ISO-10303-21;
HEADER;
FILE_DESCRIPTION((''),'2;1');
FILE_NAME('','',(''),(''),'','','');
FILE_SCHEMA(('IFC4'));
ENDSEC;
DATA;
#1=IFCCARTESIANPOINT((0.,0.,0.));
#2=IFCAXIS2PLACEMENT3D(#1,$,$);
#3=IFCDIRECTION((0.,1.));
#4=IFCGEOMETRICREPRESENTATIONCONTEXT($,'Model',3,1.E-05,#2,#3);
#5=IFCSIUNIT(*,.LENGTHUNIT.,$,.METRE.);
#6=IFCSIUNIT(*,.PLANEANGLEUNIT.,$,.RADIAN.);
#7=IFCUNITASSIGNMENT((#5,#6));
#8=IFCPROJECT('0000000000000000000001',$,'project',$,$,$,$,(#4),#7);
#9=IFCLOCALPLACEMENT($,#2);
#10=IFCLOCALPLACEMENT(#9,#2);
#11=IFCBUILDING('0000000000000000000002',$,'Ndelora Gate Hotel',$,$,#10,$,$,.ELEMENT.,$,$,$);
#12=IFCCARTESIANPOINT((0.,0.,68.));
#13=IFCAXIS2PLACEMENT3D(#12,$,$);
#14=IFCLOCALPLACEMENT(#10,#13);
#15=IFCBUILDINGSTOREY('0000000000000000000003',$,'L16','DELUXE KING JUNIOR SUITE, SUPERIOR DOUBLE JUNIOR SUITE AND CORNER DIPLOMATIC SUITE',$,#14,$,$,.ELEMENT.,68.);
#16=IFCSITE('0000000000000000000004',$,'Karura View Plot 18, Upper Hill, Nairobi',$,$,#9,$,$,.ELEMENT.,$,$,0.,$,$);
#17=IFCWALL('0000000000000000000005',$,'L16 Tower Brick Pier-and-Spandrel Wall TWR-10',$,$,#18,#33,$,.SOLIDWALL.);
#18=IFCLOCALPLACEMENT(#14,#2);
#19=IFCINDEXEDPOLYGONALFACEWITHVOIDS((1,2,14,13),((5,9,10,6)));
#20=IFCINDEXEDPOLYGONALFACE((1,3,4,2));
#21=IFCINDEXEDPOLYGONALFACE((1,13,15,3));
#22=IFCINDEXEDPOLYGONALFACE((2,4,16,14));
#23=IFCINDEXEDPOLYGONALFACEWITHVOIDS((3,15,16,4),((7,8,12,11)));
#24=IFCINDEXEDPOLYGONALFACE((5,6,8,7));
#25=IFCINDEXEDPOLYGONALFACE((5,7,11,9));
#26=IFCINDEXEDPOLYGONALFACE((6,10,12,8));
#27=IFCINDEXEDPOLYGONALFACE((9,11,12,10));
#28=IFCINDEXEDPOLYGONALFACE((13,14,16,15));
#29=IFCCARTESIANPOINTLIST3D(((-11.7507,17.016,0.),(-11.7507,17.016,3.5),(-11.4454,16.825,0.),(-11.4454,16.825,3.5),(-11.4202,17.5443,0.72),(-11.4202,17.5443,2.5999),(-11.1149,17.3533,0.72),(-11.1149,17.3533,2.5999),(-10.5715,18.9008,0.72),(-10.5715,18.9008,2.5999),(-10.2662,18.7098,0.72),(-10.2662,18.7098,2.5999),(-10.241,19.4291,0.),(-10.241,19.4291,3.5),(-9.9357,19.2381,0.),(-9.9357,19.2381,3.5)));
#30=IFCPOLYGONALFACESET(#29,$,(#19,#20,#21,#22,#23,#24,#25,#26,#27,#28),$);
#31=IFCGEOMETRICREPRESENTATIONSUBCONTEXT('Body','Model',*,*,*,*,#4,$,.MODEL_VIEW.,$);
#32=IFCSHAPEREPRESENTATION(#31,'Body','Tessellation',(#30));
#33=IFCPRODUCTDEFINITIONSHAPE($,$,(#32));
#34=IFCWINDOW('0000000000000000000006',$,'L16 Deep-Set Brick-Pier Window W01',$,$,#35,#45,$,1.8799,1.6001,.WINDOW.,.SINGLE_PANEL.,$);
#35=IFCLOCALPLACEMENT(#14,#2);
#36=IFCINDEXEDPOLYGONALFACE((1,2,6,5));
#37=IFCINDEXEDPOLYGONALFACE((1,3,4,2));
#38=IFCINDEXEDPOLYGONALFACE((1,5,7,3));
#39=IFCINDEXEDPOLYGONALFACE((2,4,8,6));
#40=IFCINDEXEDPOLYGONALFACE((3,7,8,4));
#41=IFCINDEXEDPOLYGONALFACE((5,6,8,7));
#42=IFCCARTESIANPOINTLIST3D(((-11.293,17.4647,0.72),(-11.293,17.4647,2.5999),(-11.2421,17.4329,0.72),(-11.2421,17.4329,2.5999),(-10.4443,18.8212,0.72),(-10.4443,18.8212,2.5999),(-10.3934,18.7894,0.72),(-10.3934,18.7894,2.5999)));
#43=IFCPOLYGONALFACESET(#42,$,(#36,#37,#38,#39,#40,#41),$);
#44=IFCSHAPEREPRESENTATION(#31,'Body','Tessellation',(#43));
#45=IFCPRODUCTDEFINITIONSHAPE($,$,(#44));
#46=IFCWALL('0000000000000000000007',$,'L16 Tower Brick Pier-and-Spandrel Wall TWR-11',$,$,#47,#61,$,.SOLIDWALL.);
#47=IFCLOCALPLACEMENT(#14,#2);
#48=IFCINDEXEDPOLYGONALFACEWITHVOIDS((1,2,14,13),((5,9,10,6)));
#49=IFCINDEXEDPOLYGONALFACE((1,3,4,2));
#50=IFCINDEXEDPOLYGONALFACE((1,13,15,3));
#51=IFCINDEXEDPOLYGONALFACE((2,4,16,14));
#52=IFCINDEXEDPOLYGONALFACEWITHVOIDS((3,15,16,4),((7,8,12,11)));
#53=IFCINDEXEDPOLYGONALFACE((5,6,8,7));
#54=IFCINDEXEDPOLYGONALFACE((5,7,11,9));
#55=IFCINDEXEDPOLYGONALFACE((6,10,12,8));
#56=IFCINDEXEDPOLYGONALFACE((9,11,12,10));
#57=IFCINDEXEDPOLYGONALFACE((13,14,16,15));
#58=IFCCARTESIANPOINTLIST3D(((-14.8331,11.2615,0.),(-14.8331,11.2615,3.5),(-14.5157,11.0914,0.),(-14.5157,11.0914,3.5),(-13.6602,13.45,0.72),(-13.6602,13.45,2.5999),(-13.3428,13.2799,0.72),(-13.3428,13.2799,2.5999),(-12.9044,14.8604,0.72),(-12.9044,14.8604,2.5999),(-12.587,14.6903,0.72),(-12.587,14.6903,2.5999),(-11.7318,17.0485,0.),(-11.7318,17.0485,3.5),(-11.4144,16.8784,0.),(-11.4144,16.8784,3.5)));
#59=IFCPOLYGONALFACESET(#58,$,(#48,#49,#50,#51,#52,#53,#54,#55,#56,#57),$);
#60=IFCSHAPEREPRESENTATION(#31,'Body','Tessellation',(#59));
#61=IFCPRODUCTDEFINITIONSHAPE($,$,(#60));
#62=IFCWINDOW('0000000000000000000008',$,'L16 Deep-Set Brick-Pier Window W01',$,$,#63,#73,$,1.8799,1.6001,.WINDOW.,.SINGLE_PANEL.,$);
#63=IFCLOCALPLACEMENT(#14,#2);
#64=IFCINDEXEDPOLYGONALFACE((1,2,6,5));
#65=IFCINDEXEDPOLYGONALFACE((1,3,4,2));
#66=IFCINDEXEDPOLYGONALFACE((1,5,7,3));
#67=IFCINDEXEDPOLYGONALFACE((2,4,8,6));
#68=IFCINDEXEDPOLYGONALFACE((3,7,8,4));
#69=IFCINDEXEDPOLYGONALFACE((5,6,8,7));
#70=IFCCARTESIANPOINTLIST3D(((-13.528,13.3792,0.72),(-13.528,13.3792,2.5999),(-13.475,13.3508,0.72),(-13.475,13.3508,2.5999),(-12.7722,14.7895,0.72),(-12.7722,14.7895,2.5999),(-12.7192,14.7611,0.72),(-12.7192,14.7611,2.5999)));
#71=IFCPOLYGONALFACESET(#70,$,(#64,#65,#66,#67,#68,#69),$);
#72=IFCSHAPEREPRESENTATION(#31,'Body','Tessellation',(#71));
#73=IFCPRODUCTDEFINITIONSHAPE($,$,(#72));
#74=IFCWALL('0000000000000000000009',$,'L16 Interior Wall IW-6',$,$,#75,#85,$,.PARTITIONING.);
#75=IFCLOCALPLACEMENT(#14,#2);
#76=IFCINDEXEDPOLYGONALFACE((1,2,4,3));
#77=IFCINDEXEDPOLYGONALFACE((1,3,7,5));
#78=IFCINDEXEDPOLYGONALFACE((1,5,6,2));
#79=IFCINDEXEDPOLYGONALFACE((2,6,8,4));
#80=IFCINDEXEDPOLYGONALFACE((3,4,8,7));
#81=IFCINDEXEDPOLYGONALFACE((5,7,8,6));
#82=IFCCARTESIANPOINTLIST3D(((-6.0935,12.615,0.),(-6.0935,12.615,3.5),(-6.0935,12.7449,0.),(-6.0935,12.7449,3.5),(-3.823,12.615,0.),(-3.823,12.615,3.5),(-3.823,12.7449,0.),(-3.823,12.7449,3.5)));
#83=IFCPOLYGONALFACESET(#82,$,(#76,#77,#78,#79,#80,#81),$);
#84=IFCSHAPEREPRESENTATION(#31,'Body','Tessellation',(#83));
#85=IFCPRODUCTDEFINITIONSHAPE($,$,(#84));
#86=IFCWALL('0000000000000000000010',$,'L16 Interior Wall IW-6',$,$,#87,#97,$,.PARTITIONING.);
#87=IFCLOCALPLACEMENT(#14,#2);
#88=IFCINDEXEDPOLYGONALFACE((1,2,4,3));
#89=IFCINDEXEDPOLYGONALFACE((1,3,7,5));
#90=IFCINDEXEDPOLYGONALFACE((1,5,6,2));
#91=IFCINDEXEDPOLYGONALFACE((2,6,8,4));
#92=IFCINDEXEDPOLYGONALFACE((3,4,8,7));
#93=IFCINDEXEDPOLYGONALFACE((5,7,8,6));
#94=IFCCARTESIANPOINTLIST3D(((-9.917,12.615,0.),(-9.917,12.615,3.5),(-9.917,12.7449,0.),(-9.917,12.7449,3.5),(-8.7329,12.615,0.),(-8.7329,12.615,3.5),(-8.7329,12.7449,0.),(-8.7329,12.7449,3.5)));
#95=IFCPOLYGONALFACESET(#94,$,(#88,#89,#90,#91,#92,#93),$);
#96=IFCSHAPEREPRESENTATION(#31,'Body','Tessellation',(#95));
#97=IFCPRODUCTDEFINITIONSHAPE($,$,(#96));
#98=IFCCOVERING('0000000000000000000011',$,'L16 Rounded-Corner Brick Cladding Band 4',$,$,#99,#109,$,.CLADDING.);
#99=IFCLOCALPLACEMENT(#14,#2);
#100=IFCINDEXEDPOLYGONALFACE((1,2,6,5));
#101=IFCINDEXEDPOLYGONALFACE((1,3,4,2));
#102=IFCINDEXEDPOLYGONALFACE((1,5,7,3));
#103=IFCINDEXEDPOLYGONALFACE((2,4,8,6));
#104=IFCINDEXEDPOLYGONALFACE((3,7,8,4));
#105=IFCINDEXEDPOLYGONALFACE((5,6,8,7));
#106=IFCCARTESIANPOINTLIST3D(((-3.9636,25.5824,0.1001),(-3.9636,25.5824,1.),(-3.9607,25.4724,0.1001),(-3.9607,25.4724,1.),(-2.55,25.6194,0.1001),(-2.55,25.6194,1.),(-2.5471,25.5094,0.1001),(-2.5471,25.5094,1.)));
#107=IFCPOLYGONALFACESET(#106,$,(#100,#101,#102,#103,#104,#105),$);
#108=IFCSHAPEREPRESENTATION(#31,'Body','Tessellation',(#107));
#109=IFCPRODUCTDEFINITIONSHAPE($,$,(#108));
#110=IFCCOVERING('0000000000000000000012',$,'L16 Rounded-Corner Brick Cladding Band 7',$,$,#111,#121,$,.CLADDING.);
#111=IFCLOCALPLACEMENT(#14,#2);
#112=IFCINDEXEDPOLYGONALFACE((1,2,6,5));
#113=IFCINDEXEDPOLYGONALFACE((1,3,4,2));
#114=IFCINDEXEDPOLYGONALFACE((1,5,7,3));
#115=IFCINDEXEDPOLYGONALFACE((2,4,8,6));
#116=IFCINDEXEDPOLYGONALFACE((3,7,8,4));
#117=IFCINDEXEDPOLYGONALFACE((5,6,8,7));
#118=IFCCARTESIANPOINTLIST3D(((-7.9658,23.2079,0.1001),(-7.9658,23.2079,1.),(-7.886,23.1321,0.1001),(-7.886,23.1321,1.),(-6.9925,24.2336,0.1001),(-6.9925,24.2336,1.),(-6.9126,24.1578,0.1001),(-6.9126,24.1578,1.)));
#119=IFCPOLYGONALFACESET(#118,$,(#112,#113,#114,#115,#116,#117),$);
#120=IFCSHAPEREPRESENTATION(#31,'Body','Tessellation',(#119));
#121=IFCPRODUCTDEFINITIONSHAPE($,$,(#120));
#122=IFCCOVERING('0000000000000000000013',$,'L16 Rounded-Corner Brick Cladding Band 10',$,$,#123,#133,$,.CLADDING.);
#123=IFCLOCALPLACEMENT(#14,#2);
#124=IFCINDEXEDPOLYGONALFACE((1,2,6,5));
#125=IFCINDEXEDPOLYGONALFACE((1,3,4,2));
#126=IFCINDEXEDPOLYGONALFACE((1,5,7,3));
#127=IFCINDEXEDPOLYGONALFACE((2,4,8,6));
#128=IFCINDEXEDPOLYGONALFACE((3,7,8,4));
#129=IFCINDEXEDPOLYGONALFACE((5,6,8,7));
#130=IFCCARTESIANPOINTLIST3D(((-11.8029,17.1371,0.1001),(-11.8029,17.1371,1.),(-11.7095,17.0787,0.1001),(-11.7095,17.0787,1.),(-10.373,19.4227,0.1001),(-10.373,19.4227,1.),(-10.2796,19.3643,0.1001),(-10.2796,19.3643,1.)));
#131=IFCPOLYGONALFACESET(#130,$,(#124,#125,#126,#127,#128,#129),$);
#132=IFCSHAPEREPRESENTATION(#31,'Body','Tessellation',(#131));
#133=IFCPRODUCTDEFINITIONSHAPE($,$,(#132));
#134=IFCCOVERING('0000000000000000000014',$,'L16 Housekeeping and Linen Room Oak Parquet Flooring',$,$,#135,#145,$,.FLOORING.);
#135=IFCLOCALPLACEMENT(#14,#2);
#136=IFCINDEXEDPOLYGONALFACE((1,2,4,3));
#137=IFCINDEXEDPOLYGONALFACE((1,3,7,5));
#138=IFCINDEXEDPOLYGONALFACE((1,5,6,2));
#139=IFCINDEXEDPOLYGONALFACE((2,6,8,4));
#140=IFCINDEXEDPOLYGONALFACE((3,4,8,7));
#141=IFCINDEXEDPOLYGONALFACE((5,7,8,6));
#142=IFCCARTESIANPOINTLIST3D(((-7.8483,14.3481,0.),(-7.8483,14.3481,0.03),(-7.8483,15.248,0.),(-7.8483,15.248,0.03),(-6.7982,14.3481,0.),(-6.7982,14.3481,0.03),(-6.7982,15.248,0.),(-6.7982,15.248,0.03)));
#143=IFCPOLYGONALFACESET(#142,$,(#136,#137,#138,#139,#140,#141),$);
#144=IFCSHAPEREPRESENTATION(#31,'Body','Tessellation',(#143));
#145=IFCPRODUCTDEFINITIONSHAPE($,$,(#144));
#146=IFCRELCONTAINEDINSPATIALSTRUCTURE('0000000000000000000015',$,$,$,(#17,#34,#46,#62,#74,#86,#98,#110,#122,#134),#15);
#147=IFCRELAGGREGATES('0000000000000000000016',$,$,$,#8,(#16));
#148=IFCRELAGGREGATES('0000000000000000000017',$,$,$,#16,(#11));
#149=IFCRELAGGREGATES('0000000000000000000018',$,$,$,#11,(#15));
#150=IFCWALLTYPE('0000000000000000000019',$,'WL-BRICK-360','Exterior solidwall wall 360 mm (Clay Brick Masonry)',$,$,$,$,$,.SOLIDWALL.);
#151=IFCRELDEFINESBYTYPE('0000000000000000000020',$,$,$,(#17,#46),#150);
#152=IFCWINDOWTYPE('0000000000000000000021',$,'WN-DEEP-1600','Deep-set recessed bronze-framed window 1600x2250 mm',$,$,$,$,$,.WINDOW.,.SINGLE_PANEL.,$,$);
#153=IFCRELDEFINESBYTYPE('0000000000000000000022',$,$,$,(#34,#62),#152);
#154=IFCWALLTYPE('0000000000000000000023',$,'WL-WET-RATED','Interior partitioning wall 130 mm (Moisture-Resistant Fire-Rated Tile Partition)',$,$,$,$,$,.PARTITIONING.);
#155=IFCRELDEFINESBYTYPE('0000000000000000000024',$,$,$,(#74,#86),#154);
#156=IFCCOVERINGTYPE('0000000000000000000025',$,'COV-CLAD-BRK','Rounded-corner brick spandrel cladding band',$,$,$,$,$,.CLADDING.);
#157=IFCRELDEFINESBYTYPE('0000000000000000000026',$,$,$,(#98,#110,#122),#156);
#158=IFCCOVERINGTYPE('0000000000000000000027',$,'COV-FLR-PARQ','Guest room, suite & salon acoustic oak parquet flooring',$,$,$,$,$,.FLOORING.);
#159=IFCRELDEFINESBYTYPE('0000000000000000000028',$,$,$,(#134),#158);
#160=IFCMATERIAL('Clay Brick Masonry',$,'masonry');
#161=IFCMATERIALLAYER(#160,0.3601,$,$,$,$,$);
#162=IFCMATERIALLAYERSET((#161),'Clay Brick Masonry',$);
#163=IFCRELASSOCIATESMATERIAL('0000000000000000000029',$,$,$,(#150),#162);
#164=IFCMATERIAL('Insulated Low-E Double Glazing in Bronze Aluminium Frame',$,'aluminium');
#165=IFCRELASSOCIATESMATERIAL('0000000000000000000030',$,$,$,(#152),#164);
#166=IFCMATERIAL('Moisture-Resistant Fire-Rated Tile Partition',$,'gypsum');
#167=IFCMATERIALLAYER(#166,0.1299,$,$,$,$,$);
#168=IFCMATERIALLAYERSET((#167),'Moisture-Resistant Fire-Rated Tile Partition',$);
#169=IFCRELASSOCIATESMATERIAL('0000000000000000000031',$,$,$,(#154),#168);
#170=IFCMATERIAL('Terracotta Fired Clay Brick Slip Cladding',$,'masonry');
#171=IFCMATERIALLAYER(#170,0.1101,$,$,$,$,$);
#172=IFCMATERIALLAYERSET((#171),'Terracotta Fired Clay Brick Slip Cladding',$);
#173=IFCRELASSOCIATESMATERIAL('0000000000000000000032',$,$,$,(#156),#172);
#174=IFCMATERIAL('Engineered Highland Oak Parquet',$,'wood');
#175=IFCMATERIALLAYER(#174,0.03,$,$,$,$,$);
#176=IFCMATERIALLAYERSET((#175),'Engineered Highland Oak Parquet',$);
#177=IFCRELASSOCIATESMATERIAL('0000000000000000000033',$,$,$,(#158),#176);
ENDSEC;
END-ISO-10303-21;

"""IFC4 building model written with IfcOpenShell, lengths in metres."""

from ifc_helpers import new_model, si_unit, direction, frame, frame_2d, origin, origin_2d, place, context, subcontext, project, spatial, rectangle, extrude, material, layer, layer_set, type_object, element, fill, save


model = new_model("IFC4")

# Units and contexts
model_context = context("Model", 3, precision=1e-05, world=origin(), true_north=direction((0.0, 1.0)))
body_context = subcontext(model_context, "Body", "Model", "MODEL_VIEW")
ifc_project = project(units=[si_unit("LENGTHUNIT", "METRE"), si_unit("PLANEANGLEUNIT", "RADIAN")], contexts=[model_context])

# Site, building, storey
site_placement = place(None, origin())
site = spatial("IfcSite", under=ifc_project, at=site_placement, Name="Karura View Plot 18, Upper Hill, Nairobi", CompositionType="ELEMENT", RefElevation=0.0)
building_placement = place(site_placement, origin())
building = spatial("IfcBuilding", under=site, at=building_placement, Name="Ndelora Gate Hotel", CompositionType="ELEMENT")
storey_placement = place(building_placement, frame((0.0, 0.0, 68.0)))
storey = spatial("IfcBuildingStorey", under=building, at=storey_placement, Name="L16", Description="DELUXE KING JUNIOR SUITE, SUPERIOR DOUBLE JUNIOR SUITE AND CORNER DIPLOMATIC SUITE", CompositionType="ELEMENT", Elevation=68.0)

# Shared definitions
ifc_material_1 = material(Name="Clay Brick Masonry", Category="masonry")
ifc_layer_1 = layer(ifc_material_1, 0.3601)
ifc_layer_set_1 = layer_set([ifc_layer_1], Name="Clay Brick Masonry")
wall_type_1 = type_object("IfcWallType", Name="WL-BRICK-360", Description="Exterior solidwall wall 360 mm (Clay Brick Masonry)", PredefinedType="SOLIDWALL", material=ifc_layer_set_1)

# Walls, openings, windows
ifc_material_2 = material(Name="Insulated Low-E Double Glazing in Bronze Aluminium Frame", Category="aluminium")
wall_1_placement = place(storey_placement, frame((-11.5981, 16.9204, 0.0), z_axis=(0.0, 0.0, 1.0), x_axis=(0.5304, 0.847748, 0.0)))
wall_1 = element("IfcWall", 1, at=wall_1_placement, inside=storey, type_object=wall_type_1, Name="L16 Tower Brick Pier-and-Spandrel Wall TWR-10", PredefinedType="SOLIDWALL", context=body_context, shape_type="SweptSolid", body=[
    extrude(rectangle(XDim=2.8464, YDim=0.3601, at=frame_2d((1.4233, 0.0))), origin(), (0.0, 0.0, 1.0), 3.5),
])
opening_1_placement = place(wall_1_placement, frame((0.6233, 0.0, 0.72)))
opening_1 = element("IfcOpeningElement", 2, at=opening_1_placement, cuts=wall_1, PredefinedType="OPENING", context=body_context, shape_type="SweptSolid", body=[
    extrude(rectangle(XDim=1.6001, YDim=1.8799, at=frame_2d((0.8, 0.9399))), frame((0.0, 0.1899, 0.0), z_axis=(0.0, -1.0, 0.0), x_axis=(1.0, 0.0, 0.0)), (0.0, 0.0, 1.0), 0.3801),
])
window_type_1 = type_object("IfcWindowType", Name="WN-DEEP-1600", Description="Deep-set recessed bronze-framed window 1600x2250 mm", PartitioningType="SINGLE_PANEL", PredefinedType="WINDOW", material=ifc_material_2)
window_1_placement = place(opening_1_placement, origin())
window_1 = element("IfcWindow", 3, at=window_1_placement, inside=storey, type_object=window_type_1, Name="L16 Deep-Set Brick-Pier Window W01", OverallHeight=1.8799, OverallWidth=1.6001, PartitioningType="SINGLE_PANEL", PredefinedType="WINDOW", context=body_context, shape_type="SweptSolid", body=[
    extrude(rectangle(XDim=1.6001, YDim=1.8799, at=frame_2d((0.8, 0.9399))), frame((0.0, 0.03, 0.0), z_axis=(0.0, -1.0, 0.0), x_axis=(1.0, 0.0, 0.0)), (0.0, 0.0, 1.0), 0.0601),
])
fill(opening_1, window_1)
wall_2_placement = place(storey_placement, frame((-14.6743, 11.1765, 0.0), z_axis=(0.0, 0.0, 1.0), x_axis=(0.472349, 0.881411, 0.0)))
wall_2 = element("IfcWall", 4, at=wall_2_placement, inside=storey, type_object=wall_type_1, Name="L16 Tower Brick Pier-and-Spandrel Wall TWR-11", PredefinedType="SOLIDWALL", context=body_context, shape_type="SweptSolid", body=[
    extrude(rectangle(XDim=6.5657, YDim=0.3601, at=frame_2d((3.2827, 0.0))), origin(), (0.0, 0.0, 1.0), 3.5),
])
opening_2_placement = place(wall_2_placement, frame((2.4829, 0.0, 0.72)))
opening_2 = element("IfcOpeningElement", 5, at=opening_2_placement, cuts=wall_2, PredefinedType="OPENING", context=body_context, shape_type="SweptSolid", body=[
    extrude(rectangle(XDim=1.6001, YDim=1.8799, at=frame_2d((0.8, 0.9399))), frame((0.0, 0.1899, 0.0), z_axis=(0.0, -1.0, 0.0), x_axis=(1.0, 0.0, 0.0)), (0.0, 0.0, 1.0), 0.3801),
])
window_2_placement = place(opening_2_placement, origin())
window_2 = element("IfcWindow", 6, at=window_2_placement, inside=storey, type_object=window_type_1, Name="L16 Deep-Set Brick-Pier Window W01", OverallHeight=1.8799, OverallWidth=1.6001, PartitioningType="SINGLE_PANEL", PredefinedType="WINDOW", context=body_context, shape_type="SweptSolid", body=[
    extrude(rectangle(XDim=1.6001, YDim=1.8799, at=frame_2d((0.8, 0.9399))), frame((0.0, 0.03, 0.0), z_axis=(0.0, -1.0, 0.0), x_axis=(1.0, 0.0, 0.0)), (0.0, 0.0, 1.0), 0.0601),
])
fill(opening_2, window_2)

# Walls
ifc_material_3 = material(Name="Moisture-Resistant Fire-Rated Tile Partition", Category="gypsum")
ifc_layer_2 = layer(ifc_material_3, 0.1299)
ifc_layer_set_2 = layer_set([ifc_layer_2], Name="Moisture-Resistant Fire-Rated Tile Partition")
wall_type_2 = type_object("IfcWallType", Name="WL-WET-RATED", Description="Interior partitioning wall 130 mm (Moisture-Resistant Fire-Rated Tile Partition)", PredefinedType="PARTITIONING", material=ifc_layer_set_2)
wall_3_placement = place(storey_placement, frame((-6.0935, 12.6799, 0.0), z_axis=(0.0, 0.0, 1.0), x_axis=(1.0, 0.0, 0.0)))
element("IfcWall", 7, at=wall_3_placement, inside=storey, type_object=wall_type_2, Name="L16 Interior Wall IW-6", PredefinedType="PARTITIONING", context=body_context, shape_type="SweptSolid", body=[
    extrude(rectangle(XDim=2.2705, YDim=0.1299, at=frame_2d((1.1353, 0.0))), origin(), (0.0, 0.0, 1.0), 3.5),
])
wall_4_placement = place(storey_placement, frame((-9.917, 12.6799, 0.0), z_axis=(0.0, 0.0, 1.0), x_axis=(1.0, 0.0, 0.0)))
element("IfcWall", 8, at=wall_4_placement, inside=storey, type_object=wall_type_2, Name="L16 Interior Wall IW-6", PredefinedType="PARTITIONING", context=body_context, shape_type="SweptSolid", body=[
    extrude(rectangle(XDim=1.1841, YDim=0.1299, at=frame_2d((0.592, 0.0))), origin(), (0.0, 0.0, 1.0), 3.5),
])

# Coverings
ifc_material_4 = material(Name="Terracotta Fired Clay Brick Slip Cladding", Category="masonry")
ifc_layer_3 = layer(ifc_material_4, 0.1101)
ifc_layer_set_3 = layer_set([ifc_layer_3], Name="Terracotta Fired Clay Brick Slip Cladding")
covering_type_1 = type_object("IfcCoveringType", Name="COV-CLAD-BRK", Description="Rounded-corner brick spandrel cladding band", PredefinedType="CLADDING", material=ifc_layer_set_3)
for number, where, z_axis, x_axis, name in (
    (9, (-3.2554, 25.5459, 0.1001), (0.0, 0.0, 1.0), (0.999657, 0.026177, 0.0), "L16 Rounded-Corner Brick Cladding Band 4"),
    (10, (-7.4392, 23.6829, 0.1001), (0.0, 0.0, 1.0), (0.688355, 0.725374, 0.0), "L16 Rounded-Corner Brick Cladding Band 7"),
):
    element("IfcCovering", number, at=place(storey_placement, frame(where, z_axis=z_axis, x_axis=x_axis)), inside=storey, type_object=covering_type_1, Name=name, PredefinedType="CLADDING", context=body_context, shape_type="SweptSolid", body=[
        extrude(rectangle(XDim=1.4141, YDim=0.1101, at=origin_2d()), origin(), (0.0, 0.0, 1.0), 0.8999),
    ])
covering_1_placement = place(storey_placement, frame((-11.0413, 18.2507, 0.1001), z_axis=(0.0, 0.0, 1.0), x_axis=(0.530363, 0.847771, 0.0)))
element("IfcCovering", 11, at=covering_1_placement, inside=storey, type_object=covering_type_1, Name="L16 Rounded-Corner Brick Cladding Band 10", PredefinedType="CLADDING", context=body_context, shape_type="SweptSolid", body=[
    extrude(rectangle(XDim=2.696, YDim=0.1101, at=origin_2d()), origin(), (0.0, 0.0, 1.0), 0.8999),
])
ifc_material_5 = material(Name="Engineered Highland Oak Parquet", Category="wood")
ifc_layer_4 = layer(ifc_material_5, 0.03)
ifc_layer_set_4 = layer_set([ifc_layer_4], Name="Engineered Highland Oak Parquet")
covering_type_2 = type_object("IfcCoveringType", Name="COV-FLR-PARQ", Description="Guest room, suite & salon acoustic oak parquet flooring", PredefinedType="FLOORING", material=ifc_layer_set_4)
covering_2_placement = place(storey_placement, frame((-7.3232, 14.7981, 0.0), z_axis=(0.0, 0.0, 1.0), x_axis=(1.0, 0.0, 0.0)))
element("IfcCovering", 12, at=covering_2_placement, inside=storey, type_object=covering_type_2, Name="L16 Housekeeping and Linen Room Oak Parquet Flooring", PredefinedType="FLOORING", context=body_context, shape_type="SweptSolid", body=[
    extrude(rectangle(XDim=1.05, YDim=0.8999, at=origin_2d()), origin(), (0.0, 0.0, 1.0), 0.03),
])

save(model, "model.ifc")
